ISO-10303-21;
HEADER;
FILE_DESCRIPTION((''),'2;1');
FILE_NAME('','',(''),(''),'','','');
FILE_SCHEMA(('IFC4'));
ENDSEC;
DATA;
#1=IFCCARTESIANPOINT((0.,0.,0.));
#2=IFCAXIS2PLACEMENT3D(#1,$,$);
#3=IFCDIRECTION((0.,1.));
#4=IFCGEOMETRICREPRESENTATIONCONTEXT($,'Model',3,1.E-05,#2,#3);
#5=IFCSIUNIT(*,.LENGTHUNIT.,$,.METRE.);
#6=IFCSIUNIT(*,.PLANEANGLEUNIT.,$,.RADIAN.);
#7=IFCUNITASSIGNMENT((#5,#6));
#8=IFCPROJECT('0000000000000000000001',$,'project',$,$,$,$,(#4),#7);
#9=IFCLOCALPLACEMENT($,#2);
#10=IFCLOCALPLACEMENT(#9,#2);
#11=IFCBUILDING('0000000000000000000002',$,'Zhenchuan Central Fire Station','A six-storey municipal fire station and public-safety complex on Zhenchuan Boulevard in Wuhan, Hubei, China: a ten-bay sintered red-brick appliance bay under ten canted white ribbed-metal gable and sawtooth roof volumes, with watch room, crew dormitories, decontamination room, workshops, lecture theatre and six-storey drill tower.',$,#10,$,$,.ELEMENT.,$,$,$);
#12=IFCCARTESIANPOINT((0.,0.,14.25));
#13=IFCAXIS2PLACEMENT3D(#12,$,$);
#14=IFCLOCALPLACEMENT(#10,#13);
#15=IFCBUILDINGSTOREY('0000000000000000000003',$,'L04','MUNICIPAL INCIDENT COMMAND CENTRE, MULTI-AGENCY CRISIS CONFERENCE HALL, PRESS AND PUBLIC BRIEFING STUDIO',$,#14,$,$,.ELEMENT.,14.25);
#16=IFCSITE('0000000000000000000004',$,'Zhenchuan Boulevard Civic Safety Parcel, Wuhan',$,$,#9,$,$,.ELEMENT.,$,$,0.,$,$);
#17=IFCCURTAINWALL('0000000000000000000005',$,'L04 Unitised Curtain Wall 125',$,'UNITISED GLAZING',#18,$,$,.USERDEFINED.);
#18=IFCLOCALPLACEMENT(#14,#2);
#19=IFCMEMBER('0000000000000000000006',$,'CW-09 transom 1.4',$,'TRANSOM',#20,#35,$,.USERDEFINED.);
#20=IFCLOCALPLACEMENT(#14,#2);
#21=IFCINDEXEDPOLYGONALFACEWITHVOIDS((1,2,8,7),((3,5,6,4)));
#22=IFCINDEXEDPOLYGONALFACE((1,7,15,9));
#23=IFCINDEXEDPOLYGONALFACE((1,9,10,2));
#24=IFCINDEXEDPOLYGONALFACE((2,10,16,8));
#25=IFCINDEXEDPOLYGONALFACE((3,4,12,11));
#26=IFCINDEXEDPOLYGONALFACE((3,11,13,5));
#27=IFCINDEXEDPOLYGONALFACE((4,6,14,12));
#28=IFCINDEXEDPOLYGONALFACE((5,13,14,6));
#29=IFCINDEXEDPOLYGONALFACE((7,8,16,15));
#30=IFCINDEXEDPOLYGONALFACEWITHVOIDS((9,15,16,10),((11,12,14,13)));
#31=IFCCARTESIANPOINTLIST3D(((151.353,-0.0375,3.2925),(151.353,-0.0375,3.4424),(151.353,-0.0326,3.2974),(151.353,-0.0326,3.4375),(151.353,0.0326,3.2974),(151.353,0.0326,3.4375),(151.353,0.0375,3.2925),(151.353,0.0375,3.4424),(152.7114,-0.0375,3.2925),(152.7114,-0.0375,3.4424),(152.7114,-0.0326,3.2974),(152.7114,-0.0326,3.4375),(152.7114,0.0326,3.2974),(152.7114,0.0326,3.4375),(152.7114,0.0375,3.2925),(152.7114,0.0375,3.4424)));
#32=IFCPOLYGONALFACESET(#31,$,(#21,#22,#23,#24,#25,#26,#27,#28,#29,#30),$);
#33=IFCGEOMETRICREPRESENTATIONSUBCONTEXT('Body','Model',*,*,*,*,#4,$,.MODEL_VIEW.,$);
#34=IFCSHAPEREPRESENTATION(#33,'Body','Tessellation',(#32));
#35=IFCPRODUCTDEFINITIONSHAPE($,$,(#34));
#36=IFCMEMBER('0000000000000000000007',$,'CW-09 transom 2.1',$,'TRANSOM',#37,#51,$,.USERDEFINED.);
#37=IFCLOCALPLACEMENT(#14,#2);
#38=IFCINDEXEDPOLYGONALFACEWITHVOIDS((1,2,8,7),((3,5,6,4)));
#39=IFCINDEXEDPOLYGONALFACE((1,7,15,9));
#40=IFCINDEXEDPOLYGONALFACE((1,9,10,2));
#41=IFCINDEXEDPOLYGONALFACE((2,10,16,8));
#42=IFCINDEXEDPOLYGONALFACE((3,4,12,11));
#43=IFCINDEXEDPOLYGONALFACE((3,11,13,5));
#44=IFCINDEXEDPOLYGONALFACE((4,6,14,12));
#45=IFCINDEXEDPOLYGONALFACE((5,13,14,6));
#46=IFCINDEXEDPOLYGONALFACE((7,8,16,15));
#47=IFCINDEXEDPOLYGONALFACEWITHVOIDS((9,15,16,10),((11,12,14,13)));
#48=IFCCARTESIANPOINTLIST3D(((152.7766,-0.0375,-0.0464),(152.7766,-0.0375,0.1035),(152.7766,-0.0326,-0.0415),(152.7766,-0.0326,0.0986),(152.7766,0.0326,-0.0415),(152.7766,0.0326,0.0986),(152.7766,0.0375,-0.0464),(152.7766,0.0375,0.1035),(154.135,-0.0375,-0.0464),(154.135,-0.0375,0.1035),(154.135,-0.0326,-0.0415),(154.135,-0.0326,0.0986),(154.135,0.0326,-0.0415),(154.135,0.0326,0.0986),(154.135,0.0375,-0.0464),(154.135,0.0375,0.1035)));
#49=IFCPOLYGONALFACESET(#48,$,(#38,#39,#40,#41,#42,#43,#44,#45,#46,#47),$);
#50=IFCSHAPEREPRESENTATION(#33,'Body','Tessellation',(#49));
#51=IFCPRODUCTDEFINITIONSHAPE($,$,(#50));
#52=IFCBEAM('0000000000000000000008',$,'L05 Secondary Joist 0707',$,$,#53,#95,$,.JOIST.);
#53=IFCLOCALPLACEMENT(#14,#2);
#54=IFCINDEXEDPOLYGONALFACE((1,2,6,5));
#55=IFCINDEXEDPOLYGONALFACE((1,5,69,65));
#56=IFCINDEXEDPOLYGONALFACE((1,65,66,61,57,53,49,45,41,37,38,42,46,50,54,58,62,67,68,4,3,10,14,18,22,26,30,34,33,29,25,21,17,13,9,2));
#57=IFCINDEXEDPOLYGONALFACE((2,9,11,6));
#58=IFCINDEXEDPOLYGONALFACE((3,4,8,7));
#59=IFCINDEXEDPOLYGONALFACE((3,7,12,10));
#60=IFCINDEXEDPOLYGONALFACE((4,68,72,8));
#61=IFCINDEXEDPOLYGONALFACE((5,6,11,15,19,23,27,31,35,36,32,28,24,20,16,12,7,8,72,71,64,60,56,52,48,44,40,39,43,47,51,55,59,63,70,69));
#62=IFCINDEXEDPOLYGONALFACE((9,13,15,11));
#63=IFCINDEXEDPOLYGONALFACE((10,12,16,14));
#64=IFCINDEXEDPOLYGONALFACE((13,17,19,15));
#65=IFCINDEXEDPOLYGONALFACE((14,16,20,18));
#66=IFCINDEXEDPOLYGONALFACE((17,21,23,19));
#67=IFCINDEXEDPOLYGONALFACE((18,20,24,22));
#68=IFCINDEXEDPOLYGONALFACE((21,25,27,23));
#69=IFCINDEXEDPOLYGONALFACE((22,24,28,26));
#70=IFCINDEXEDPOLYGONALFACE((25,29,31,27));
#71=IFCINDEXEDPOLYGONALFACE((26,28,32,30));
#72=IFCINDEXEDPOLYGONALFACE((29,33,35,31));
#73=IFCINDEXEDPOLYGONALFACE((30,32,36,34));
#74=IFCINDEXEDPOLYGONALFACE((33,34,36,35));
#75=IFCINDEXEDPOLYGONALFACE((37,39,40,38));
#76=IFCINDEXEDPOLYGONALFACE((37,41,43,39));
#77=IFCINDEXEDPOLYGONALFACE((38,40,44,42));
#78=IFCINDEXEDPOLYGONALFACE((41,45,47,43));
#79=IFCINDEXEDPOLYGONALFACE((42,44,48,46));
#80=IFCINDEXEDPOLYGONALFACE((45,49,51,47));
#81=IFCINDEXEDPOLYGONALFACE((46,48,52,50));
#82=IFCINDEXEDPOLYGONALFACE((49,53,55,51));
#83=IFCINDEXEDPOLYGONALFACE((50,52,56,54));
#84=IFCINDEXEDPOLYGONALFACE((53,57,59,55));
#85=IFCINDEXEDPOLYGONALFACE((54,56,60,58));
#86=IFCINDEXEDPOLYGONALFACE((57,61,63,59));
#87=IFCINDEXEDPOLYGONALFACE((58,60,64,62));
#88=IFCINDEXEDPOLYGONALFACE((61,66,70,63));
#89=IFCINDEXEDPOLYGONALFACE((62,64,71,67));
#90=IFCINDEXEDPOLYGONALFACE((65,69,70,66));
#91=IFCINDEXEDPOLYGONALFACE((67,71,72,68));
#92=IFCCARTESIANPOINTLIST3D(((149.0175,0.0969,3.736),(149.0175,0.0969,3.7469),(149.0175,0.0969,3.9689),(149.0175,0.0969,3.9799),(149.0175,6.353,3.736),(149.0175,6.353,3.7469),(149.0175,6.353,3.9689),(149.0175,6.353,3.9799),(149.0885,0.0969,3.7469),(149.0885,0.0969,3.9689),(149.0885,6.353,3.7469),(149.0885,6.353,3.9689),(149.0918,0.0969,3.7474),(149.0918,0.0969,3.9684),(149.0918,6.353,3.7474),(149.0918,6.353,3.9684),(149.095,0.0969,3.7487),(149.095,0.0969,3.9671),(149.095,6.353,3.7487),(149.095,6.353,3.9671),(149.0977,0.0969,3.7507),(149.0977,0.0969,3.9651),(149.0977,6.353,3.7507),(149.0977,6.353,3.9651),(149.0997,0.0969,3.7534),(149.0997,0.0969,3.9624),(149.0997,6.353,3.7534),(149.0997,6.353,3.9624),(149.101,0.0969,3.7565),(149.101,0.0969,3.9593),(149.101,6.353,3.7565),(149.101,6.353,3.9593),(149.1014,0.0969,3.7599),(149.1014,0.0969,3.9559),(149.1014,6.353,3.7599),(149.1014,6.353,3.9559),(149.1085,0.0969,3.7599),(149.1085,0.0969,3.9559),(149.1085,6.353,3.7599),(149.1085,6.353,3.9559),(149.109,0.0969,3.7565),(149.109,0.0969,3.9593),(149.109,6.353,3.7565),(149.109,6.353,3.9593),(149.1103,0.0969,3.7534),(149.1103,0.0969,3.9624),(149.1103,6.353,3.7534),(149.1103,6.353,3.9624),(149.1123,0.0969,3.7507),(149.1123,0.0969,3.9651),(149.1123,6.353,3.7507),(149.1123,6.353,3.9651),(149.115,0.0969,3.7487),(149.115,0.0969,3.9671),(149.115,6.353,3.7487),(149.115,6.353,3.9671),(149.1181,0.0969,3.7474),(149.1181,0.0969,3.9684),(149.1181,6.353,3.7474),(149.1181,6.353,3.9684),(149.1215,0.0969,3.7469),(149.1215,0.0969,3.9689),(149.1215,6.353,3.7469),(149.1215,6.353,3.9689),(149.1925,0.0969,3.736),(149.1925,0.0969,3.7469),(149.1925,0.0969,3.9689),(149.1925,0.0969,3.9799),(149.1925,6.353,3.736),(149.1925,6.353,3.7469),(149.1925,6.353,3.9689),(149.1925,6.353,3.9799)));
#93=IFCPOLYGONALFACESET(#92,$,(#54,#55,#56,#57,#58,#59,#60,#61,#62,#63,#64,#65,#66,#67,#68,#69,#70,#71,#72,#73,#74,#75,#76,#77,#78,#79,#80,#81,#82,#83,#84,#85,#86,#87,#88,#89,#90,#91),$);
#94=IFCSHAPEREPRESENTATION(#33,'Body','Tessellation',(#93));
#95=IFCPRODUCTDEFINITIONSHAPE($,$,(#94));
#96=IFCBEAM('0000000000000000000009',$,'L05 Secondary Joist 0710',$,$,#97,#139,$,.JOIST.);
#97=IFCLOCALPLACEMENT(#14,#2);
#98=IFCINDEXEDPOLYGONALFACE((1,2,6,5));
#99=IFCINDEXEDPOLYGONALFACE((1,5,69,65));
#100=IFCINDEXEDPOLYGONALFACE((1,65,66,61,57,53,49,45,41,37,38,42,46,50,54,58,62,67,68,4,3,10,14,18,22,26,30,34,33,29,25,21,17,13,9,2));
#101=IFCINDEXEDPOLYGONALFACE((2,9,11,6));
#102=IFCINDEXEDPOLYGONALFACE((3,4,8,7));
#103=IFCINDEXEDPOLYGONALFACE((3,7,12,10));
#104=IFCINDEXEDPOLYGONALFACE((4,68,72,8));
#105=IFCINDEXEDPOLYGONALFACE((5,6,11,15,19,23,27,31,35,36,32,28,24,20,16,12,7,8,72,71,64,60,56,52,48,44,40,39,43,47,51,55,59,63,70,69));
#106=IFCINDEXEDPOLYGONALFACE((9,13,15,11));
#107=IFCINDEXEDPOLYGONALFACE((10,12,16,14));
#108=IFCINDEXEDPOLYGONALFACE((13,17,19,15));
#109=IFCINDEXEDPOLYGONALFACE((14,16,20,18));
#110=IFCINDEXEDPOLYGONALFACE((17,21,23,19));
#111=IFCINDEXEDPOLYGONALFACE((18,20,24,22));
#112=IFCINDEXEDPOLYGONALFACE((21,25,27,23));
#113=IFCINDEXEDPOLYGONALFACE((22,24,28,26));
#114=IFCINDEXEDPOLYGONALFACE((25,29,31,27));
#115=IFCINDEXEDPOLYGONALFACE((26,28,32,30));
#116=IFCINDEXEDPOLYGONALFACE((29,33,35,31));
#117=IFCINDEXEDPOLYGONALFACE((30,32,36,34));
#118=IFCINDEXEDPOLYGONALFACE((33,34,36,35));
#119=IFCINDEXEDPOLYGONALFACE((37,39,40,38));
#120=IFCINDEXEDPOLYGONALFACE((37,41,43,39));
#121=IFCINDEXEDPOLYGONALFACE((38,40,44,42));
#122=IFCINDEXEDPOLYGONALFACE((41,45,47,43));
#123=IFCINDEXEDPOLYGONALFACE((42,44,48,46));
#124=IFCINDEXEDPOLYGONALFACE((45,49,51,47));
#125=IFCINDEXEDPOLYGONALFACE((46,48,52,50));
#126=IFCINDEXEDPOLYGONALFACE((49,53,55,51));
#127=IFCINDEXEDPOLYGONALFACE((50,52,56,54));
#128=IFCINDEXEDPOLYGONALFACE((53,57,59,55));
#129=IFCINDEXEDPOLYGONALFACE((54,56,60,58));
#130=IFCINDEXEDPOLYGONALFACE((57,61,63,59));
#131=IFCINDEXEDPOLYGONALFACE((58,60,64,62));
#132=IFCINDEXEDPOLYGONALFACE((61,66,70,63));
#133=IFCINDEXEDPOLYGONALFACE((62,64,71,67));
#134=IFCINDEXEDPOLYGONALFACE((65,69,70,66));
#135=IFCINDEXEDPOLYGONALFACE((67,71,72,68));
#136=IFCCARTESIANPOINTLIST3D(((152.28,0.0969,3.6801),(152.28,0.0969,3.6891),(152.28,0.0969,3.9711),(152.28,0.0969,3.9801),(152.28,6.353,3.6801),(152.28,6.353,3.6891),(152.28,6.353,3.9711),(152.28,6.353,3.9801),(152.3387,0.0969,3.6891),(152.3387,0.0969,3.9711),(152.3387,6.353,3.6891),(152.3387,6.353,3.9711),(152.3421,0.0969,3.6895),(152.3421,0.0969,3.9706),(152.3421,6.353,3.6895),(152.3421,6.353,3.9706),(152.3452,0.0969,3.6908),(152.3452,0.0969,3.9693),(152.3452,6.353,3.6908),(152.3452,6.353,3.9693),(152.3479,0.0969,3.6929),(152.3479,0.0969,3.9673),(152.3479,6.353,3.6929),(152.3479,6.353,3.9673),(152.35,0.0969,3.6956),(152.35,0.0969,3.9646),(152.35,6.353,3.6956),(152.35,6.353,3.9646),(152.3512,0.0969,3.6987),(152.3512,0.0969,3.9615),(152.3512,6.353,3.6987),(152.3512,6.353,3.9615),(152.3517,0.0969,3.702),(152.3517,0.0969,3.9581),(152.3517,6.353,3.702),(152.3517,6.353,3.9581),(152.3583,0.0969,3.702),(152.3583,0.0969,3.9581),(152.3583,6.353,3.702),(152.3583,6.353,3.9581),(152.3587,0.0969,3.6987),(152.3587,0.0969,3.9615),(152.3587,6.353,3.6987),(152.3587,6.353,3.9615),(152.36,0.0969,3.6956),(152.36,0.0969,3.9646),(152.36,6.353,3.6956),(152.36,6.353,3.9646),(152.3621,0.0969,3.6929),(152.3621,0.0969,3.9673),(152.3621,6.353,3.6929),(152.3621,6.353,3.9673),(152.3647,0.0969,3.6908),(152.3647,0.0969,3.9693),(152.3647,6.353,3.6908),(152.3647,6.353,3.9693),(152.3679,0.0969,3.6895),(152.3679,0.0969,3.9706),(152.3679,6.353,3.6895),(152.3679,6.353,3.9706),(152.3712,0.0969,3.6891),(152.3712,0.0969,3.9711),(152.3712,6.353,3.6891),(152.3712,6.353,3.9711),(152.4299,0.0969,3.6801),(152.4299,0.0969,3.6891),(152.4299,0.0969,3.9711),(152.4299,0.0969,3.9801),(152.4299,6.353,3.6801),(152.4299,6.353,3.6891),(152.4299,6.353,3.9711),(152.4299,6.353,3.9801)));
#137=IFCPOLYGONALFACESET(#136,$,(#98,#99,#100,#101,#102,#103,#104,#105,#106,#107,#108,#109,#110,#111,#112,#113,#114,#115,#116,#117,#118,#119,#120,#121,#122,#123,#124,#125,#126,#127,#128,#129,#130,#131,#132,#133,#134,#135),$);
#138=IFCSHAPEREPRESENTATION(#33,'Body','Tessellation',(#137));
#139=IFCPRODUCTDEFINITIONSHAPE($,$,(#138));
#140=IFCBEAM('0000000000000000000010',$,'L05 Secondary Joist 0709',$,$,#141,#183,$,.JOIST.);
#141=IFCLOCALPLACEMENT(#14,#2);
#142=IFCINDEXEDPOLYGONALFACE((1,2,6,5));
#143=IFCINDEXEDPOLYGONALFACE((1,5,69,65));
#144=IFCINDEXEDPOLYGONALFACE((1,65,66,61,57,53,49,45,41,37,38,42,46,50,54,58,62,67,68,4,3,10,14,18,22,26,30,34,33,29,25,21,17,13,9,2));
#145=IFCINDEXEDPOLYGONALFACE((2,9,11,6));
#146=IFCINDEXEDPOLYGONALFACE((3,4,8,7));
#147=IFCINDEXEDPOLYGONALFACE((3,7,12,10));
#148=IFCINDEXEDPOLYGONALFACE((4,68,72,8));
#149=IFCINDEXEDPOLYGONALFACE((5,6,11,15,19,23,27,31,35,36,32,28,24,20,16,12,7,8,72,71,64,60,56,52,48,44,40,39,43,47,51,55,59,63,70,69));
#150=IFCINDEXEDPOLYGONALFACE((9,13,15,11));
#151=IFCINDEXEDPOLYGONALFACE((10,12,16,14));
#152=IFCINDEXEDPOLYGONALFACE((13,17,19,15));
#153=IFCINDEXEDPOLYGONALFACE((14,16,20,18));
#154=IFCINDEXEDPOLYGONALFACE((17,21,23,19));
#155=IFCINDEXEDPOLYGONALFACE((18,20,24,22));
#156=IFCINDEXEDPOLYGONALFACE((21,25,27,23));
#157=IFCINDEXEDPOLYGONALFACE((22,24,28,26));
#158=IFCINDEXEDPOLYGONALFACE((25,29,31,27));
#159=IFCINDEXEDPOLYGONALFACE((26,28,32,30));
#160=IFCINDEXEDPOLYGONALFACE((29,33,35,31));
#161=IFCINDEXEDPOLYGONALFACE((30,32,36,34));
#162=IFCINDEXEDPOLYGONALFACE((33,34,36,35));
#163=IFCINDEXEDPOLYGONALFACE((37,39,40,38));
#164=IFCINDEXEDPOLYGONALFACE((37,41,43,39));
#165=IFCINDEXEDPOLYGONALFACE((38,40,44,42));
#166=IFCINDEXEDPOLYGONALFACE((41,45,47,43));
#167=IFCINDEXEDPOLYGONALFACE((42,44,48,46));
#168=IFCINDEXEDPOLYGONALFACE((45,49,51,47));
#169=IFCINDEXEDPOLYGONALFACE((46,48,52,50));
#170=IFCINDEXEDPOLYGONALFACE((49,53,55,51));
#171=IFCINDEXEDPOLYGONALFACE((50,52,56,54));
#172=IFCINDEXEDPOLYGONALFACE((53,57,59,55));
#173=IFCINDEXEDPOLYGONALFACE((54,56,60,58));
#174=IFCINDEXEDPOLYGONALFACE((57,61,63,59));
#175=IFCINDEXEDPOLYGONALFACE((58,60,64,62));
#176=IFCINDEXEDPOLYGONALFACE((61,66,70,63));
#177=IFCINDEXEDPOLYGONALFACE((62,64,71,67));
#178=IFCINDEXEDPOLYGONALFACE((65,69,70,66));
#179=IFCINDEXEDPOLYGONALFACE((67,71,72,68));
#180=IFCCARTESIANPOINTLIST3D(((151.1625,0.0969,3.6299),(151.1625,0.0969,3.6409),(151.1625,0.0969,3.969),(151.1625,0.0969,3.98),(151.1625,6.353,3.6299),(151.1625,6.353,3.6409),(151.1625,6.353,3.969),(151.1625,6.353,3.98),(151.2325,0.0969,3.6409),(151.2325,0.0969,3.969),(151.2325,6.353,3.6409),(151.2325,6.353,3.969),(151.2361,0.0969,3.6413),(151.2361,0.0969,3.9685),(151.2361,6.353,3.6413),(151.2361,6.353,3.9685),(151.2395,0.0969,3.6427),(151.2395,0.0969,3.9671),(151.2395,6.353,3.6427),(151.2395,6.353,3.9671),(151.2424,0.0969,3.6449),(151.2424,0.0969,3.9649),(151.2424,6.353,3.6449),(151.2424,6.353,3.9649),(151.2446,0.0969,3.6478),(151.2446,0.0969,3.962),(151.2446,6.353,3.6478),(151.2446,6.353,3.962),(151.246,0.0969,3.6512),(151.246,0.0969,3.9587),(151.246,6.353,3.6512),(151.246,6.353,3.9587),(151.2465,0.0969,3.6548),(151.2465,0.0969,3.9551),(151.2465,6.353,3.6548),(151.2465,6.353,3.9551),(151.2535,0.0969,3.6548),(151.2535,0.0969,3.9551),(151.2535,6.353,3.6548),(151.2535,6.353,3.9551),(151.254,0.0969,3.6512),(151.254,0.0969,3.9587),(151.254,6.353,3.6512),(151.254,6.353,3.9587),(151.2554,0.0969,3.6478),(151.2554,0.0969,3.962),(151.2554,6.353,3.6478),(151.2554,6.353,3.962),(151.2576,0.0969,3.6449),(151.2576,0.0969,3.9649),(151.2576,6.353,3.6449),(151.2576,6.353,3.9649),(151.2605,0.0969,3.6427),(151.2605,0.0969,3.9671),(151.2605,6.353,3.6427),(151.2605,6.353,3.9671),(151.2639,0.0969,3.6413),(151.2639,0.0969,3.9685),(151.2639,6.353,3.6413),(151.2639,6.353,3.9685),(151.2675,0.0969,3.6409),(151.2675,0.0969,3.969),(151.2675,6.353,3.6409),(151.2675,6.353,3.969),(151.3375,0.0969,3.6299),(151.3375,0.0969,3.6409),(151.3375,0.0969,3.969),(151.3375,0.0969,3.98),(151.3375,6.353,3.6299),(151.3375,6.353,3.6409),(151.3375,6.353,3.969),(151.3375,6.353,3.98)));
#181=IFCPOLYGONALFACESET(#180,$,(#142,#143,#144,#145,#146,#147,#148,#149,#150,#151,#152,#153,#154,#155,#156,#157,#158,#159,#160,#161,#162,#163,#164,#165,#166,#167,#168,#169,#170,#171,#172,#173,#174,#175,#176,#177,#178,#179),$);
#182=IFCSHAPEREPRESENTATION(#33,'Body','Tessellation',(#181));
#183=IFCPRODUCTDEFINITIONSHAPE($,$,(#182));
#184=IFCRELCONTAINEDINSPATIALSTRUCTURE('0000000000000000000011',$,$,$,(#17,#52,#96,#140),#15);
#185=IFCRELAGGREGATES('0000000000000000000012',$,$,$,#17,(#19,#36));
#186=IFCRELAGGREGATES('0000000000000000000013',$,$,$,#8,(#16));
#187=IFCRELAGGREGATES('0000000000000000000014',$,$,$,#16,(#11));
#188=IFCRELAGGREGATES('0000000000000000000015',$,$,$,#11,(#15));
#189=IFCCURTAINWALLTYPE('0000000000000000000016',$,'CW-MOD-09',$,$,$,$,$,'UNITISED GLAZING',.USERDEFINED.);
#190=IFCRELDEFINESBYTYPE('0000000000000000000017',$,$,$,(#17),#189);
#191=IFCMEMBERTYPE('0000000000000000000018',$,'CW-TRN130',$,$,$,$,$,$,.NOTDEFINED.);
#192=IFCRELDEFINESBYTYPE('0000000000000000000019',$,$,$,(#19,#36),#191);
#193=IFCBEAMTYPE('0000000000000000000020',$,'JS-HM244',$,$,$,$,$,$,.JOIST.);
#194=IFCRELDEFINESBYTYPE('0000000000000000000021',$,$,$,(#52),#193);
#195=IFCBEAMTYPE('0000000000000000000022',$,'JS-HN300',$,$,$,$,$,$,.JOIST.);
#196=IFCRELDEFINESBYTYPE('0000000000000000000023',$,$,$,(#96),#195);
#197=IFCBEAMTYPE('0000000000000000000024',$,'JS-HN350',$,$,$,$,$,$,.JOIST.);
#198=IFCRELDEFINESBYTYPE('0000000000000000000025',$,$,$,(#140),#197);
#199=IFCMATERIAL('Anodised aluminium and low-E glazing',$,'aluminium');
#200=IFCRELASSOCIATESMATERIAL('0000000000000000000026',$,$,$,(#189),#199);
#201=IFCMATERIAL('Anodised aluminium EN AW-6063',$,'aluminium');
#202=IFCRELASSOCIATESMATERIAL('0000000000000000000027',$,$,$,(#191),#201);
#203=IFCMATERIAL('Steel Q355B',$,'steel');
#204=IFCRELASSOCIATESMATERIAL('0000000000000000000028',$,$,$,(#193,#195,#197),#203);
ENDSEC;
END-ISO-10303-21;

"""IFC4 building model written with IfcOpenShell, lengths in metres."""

from ifc_helpers import new_model, si_unit, direction, frame, origin, origin_2d, place, context, subcontext, project, spatial, hollow_rectangle, i_section, extrude, material, material_profile, profile_set, type_object, element, aggregate, save


model = new_model("IFC4")

# Units and contexts
model_context = context("Model", 3, precision=1e-05, world=origin(), true_north=direction((0.0, 1.0)))
body_context = subcontext(model_context, "Body", "Model", "MODEL_VIEW")
ifc_project = project(units=[si_unit("LENGTHUNIT", "METRE"), si_unit("PLANEANGLEUNIT", "RADIAN")], contexts=[model_context])

# Site, building, storey
site_placement = place(None, origin())
site = spatial("IfcSite", under=ifc_project, at=site_placement, Name="Zhenchuan Boulevard Civic Safety Parcel, Wuhan", CompositionType="ELEMENT", RefElevation=0.0)
building_placement = place(site_placement, origin())
building = spatial("IfcBuilding", under=site, at=building_placement, Name="Zhenchuan Central Fire Station", Description="A six-storey municipal fire station and public-safety complex on Zhenchuan Boulevard in Wuhan, Hubei, China: a ten-bay sintered red-brick appliance bay under ten canted white ribbed-metal gable and sawtooth roof volumes, with watch room, crew dormitories, decontamination room, workshops, lecture theatre and six-storey drill tower.", CompositionType="ELEMENT")
storey_placement = place(building_placement, frame((0.0, 0.0, 14.25)))
storey = spatial("IfcBuildingStorey", under=building, at=storey_placement, Name="L04", Description="MUNICIPAL INCIDENT COMMAND CENTRE, MULTI-AGENCY CRISIS CONFERENCE HALL, PRESS AND PUBLIC BRIEFING STUDIO", CompositionType="ELEMENT", Elevation=14.25)

# Curtain wall
ifc_material_1 = material(Name="Anodised aluminium and low-E glazing", Category="aluminium")
ifc_material_2 = material(Name="Anodised aluminium EN AW-6063", Category="aluminium")
curtain_wall_type_1 = type_object("IfcCurtainWallType", Name="CW-MOD-09", ElementType="UNITISED GLAZING", PredefinedType="USERDEFINED", material=ifc_material_1)
curtain_wall_1_placement = place(storey_placement, origin())
curtain_wall_1 = element("IfcCurtainWall", 1, at=curtain_wall_1_placement, inside=storey, type_object=curtain_wall_type_1, Name="L04 Unitised Curtain Wall 125", ObjectType="UNITISED GLAZING", PredefinedType="USERDEFINED")

# Members
ifc_material_profile_1 = material_profile(ifc_material_2, hollow_rectangle(XDim=0.075, YDim=0.1499, WallThickness=0.0049, at=origin_2d()), Name="ALU-T 150x75")
ifc_profile_set_1 = profile_set([ifc_material_profile_1], Name="Anodised aluminium EN AW-6063")
member_type_1 = type_object("IfcMemberType", Name="CW-TRN130", PredefinedType="NOTDEFINED", material=ifc_profile_set_1)
member_1_placement = place(storey_placement, frame((151.353, 0.0, 3.3674), z_axis=(1.0, 0.0, 0.0), x_axis=(0.0, 1.0, 0.0)))
member_1 = element("IfcMember", 2, at=member_1_placement, type_object=member_type_1, Name="CW-09 transom 1.4", ObjectType="TRANSOM", PredefinedType="USERDEFINED", context=body_context, shape_type="SweptSolid", body=[
    extrude(hollow_rectangle(XDim=0.075, YDim=0.1499, WallThickness=0.0049, at=origin_2d()), origin(), (0.0, 0.0, 1.0), 1.3584),
])
member_2_placement = place(storey_placement, frame((152.7766, 0.0, 0.0286), z_axis=(1.0, 0.0, 0.0), x_axis=(0.0, 1.0, 0.0)))
member_2 = element("IfcMember", 3, at=member_2_placement, type_object=member_type_1, Name="CW-09 transom 2.1", ObjectType="TRANSOM", PredefinedType="USERDEFINED", context=body_context, shape_type="SweptSolid", body=[
    extrude(hollow_rectangle(XDim=0.075, YDim=0.1499, WallThickness=0.0049, at=origin_2d()), origin(), (0.0, 0.0, 1.0), 1.3584),
])

# Beams
ifc_material_3 = material(Name="Steel Q355B", Category="steel")
ifc_material_profile_2 = material_profile(ifc_material_3, i_section(OverallWidth=0.175, OverallDepth=0.2439, WebThickness=0.0071, FlangeThickness=0.011, FilletRadius=0.0129, at=origin_2d()), Name="HM 244x175")
ifc_profile_set_2 = profile_set([ifc_material_profile_2], Name="Steel Q355B")
beam_type_1 = type_object("IfcBeamType", Name="JS-HM244", PredefinedType="JOIST", material=ifc_profile_set_2)
beam_1_placement = place(storey_placement, frame((149.105, 0.0969, 3.8579), z_axis=(0.0, 1.0, 0.0), x_axis=(-1.0, 0.0, 0.0)))
element("IfcBeam", 4, at=beam_1_placement, inside=storey, type_object=beam_type_1, Name="L05 Secondary Joist 0707", PredefinedType="JOIST", context=body_context, shape_type="SweptSolid", body=[
    extrude(i_section(OverallWidth=0.175, OverallDepth=0.2439, WebThickness=0.0071, FlangeThickness=0.011, FilletRadius=0.0129, at=origin_2d()), origin(), (0.0, 0.0, 1.0), 6.2561),
])
ifc_material_profile_3 = material_profile(ifc_material_3, i_section(OverallWidth=0.1499, OverallDepth=0.3, WebThickness=0.0066, FlangeThickness=0.009, FilletRadius=0.0129, at=origin_2d()), Name="HN 300x150")
ifc_profile_set_3 = profile_set([ifc_material_profile_3], Name="Steel Q355B")
beam_type_2 = type_object("IfcBeamType", Name="JS-HN300", PredefinedType="JOIST", material=ifc_profile_set_3)
beam_2_placement = place(storey_placement, frame((152.355, 0.0969, 3.8301), z_axis=(0.0, 1.0, 0.0), x_axis=(-1.0, 0.0, 0.0)))
element("IfcBeam", 5, at=beam_2_placement, inside=storey, type_object=beam_type_2, Name="L05 Secondary Joist 0710", PredefinedType="JOIST", context=body_context, shape_type="SweptSolid", body=[
    extrude(i_section(OverallWidth=0.1499, OverallDepth=0.3, WebThickness=0.0066, FlangeThickness=0.009, FilletRadius=0.0129, at=origin_2d()), origin(), (0.0, 0.0, 1.0), 6.2561),
])
ifc_material_profile_4 = material_profile(ifc_material_3, i_section(OverallWidth=0.175, OverallDepth=0.3501, WebThickness=0.0071, FlangeThickness=0.011, FilletRadius=0.0139, at=origin_2d()), Name="HN 350x175")
ifc_profile_set_4 = profile_set([ifc_material_profile_4], Name="Steel Q355B")
beam_type_3 = type_object("IfcBeamType", Name="JS-HN350", PredefinedType="JOIST", material=ifc_profile_set_4)
beam_3_placement = place(storey_placement, frame((151.25, 0.0969, 3.8049), z_axis=(0.0, 1.0, 0.0), x_axis=(-1.0, 0.0, 0.0)))
element("IfcBeam", 6, at=beam_3_placement, inside=storey, type_object=beam_type_3, Name="L05 Secondary Joist 0709", PredefinedType="JOIST", context=body_context, shape_type="SweptSolid", body=[
    extrude(i_section(OverallWidth=0.175, OverallDepth=0.3501, WebThickness=0.0071, FlangeThickness=0.011, FilletRadius=0.0139, at=origin_2d()), origin(), (0.0, 0.0, 1.0), 6.2561),
])

aggregate(curtain_wall_1, [member_1, member_2])

save(model, "model.ifc")
